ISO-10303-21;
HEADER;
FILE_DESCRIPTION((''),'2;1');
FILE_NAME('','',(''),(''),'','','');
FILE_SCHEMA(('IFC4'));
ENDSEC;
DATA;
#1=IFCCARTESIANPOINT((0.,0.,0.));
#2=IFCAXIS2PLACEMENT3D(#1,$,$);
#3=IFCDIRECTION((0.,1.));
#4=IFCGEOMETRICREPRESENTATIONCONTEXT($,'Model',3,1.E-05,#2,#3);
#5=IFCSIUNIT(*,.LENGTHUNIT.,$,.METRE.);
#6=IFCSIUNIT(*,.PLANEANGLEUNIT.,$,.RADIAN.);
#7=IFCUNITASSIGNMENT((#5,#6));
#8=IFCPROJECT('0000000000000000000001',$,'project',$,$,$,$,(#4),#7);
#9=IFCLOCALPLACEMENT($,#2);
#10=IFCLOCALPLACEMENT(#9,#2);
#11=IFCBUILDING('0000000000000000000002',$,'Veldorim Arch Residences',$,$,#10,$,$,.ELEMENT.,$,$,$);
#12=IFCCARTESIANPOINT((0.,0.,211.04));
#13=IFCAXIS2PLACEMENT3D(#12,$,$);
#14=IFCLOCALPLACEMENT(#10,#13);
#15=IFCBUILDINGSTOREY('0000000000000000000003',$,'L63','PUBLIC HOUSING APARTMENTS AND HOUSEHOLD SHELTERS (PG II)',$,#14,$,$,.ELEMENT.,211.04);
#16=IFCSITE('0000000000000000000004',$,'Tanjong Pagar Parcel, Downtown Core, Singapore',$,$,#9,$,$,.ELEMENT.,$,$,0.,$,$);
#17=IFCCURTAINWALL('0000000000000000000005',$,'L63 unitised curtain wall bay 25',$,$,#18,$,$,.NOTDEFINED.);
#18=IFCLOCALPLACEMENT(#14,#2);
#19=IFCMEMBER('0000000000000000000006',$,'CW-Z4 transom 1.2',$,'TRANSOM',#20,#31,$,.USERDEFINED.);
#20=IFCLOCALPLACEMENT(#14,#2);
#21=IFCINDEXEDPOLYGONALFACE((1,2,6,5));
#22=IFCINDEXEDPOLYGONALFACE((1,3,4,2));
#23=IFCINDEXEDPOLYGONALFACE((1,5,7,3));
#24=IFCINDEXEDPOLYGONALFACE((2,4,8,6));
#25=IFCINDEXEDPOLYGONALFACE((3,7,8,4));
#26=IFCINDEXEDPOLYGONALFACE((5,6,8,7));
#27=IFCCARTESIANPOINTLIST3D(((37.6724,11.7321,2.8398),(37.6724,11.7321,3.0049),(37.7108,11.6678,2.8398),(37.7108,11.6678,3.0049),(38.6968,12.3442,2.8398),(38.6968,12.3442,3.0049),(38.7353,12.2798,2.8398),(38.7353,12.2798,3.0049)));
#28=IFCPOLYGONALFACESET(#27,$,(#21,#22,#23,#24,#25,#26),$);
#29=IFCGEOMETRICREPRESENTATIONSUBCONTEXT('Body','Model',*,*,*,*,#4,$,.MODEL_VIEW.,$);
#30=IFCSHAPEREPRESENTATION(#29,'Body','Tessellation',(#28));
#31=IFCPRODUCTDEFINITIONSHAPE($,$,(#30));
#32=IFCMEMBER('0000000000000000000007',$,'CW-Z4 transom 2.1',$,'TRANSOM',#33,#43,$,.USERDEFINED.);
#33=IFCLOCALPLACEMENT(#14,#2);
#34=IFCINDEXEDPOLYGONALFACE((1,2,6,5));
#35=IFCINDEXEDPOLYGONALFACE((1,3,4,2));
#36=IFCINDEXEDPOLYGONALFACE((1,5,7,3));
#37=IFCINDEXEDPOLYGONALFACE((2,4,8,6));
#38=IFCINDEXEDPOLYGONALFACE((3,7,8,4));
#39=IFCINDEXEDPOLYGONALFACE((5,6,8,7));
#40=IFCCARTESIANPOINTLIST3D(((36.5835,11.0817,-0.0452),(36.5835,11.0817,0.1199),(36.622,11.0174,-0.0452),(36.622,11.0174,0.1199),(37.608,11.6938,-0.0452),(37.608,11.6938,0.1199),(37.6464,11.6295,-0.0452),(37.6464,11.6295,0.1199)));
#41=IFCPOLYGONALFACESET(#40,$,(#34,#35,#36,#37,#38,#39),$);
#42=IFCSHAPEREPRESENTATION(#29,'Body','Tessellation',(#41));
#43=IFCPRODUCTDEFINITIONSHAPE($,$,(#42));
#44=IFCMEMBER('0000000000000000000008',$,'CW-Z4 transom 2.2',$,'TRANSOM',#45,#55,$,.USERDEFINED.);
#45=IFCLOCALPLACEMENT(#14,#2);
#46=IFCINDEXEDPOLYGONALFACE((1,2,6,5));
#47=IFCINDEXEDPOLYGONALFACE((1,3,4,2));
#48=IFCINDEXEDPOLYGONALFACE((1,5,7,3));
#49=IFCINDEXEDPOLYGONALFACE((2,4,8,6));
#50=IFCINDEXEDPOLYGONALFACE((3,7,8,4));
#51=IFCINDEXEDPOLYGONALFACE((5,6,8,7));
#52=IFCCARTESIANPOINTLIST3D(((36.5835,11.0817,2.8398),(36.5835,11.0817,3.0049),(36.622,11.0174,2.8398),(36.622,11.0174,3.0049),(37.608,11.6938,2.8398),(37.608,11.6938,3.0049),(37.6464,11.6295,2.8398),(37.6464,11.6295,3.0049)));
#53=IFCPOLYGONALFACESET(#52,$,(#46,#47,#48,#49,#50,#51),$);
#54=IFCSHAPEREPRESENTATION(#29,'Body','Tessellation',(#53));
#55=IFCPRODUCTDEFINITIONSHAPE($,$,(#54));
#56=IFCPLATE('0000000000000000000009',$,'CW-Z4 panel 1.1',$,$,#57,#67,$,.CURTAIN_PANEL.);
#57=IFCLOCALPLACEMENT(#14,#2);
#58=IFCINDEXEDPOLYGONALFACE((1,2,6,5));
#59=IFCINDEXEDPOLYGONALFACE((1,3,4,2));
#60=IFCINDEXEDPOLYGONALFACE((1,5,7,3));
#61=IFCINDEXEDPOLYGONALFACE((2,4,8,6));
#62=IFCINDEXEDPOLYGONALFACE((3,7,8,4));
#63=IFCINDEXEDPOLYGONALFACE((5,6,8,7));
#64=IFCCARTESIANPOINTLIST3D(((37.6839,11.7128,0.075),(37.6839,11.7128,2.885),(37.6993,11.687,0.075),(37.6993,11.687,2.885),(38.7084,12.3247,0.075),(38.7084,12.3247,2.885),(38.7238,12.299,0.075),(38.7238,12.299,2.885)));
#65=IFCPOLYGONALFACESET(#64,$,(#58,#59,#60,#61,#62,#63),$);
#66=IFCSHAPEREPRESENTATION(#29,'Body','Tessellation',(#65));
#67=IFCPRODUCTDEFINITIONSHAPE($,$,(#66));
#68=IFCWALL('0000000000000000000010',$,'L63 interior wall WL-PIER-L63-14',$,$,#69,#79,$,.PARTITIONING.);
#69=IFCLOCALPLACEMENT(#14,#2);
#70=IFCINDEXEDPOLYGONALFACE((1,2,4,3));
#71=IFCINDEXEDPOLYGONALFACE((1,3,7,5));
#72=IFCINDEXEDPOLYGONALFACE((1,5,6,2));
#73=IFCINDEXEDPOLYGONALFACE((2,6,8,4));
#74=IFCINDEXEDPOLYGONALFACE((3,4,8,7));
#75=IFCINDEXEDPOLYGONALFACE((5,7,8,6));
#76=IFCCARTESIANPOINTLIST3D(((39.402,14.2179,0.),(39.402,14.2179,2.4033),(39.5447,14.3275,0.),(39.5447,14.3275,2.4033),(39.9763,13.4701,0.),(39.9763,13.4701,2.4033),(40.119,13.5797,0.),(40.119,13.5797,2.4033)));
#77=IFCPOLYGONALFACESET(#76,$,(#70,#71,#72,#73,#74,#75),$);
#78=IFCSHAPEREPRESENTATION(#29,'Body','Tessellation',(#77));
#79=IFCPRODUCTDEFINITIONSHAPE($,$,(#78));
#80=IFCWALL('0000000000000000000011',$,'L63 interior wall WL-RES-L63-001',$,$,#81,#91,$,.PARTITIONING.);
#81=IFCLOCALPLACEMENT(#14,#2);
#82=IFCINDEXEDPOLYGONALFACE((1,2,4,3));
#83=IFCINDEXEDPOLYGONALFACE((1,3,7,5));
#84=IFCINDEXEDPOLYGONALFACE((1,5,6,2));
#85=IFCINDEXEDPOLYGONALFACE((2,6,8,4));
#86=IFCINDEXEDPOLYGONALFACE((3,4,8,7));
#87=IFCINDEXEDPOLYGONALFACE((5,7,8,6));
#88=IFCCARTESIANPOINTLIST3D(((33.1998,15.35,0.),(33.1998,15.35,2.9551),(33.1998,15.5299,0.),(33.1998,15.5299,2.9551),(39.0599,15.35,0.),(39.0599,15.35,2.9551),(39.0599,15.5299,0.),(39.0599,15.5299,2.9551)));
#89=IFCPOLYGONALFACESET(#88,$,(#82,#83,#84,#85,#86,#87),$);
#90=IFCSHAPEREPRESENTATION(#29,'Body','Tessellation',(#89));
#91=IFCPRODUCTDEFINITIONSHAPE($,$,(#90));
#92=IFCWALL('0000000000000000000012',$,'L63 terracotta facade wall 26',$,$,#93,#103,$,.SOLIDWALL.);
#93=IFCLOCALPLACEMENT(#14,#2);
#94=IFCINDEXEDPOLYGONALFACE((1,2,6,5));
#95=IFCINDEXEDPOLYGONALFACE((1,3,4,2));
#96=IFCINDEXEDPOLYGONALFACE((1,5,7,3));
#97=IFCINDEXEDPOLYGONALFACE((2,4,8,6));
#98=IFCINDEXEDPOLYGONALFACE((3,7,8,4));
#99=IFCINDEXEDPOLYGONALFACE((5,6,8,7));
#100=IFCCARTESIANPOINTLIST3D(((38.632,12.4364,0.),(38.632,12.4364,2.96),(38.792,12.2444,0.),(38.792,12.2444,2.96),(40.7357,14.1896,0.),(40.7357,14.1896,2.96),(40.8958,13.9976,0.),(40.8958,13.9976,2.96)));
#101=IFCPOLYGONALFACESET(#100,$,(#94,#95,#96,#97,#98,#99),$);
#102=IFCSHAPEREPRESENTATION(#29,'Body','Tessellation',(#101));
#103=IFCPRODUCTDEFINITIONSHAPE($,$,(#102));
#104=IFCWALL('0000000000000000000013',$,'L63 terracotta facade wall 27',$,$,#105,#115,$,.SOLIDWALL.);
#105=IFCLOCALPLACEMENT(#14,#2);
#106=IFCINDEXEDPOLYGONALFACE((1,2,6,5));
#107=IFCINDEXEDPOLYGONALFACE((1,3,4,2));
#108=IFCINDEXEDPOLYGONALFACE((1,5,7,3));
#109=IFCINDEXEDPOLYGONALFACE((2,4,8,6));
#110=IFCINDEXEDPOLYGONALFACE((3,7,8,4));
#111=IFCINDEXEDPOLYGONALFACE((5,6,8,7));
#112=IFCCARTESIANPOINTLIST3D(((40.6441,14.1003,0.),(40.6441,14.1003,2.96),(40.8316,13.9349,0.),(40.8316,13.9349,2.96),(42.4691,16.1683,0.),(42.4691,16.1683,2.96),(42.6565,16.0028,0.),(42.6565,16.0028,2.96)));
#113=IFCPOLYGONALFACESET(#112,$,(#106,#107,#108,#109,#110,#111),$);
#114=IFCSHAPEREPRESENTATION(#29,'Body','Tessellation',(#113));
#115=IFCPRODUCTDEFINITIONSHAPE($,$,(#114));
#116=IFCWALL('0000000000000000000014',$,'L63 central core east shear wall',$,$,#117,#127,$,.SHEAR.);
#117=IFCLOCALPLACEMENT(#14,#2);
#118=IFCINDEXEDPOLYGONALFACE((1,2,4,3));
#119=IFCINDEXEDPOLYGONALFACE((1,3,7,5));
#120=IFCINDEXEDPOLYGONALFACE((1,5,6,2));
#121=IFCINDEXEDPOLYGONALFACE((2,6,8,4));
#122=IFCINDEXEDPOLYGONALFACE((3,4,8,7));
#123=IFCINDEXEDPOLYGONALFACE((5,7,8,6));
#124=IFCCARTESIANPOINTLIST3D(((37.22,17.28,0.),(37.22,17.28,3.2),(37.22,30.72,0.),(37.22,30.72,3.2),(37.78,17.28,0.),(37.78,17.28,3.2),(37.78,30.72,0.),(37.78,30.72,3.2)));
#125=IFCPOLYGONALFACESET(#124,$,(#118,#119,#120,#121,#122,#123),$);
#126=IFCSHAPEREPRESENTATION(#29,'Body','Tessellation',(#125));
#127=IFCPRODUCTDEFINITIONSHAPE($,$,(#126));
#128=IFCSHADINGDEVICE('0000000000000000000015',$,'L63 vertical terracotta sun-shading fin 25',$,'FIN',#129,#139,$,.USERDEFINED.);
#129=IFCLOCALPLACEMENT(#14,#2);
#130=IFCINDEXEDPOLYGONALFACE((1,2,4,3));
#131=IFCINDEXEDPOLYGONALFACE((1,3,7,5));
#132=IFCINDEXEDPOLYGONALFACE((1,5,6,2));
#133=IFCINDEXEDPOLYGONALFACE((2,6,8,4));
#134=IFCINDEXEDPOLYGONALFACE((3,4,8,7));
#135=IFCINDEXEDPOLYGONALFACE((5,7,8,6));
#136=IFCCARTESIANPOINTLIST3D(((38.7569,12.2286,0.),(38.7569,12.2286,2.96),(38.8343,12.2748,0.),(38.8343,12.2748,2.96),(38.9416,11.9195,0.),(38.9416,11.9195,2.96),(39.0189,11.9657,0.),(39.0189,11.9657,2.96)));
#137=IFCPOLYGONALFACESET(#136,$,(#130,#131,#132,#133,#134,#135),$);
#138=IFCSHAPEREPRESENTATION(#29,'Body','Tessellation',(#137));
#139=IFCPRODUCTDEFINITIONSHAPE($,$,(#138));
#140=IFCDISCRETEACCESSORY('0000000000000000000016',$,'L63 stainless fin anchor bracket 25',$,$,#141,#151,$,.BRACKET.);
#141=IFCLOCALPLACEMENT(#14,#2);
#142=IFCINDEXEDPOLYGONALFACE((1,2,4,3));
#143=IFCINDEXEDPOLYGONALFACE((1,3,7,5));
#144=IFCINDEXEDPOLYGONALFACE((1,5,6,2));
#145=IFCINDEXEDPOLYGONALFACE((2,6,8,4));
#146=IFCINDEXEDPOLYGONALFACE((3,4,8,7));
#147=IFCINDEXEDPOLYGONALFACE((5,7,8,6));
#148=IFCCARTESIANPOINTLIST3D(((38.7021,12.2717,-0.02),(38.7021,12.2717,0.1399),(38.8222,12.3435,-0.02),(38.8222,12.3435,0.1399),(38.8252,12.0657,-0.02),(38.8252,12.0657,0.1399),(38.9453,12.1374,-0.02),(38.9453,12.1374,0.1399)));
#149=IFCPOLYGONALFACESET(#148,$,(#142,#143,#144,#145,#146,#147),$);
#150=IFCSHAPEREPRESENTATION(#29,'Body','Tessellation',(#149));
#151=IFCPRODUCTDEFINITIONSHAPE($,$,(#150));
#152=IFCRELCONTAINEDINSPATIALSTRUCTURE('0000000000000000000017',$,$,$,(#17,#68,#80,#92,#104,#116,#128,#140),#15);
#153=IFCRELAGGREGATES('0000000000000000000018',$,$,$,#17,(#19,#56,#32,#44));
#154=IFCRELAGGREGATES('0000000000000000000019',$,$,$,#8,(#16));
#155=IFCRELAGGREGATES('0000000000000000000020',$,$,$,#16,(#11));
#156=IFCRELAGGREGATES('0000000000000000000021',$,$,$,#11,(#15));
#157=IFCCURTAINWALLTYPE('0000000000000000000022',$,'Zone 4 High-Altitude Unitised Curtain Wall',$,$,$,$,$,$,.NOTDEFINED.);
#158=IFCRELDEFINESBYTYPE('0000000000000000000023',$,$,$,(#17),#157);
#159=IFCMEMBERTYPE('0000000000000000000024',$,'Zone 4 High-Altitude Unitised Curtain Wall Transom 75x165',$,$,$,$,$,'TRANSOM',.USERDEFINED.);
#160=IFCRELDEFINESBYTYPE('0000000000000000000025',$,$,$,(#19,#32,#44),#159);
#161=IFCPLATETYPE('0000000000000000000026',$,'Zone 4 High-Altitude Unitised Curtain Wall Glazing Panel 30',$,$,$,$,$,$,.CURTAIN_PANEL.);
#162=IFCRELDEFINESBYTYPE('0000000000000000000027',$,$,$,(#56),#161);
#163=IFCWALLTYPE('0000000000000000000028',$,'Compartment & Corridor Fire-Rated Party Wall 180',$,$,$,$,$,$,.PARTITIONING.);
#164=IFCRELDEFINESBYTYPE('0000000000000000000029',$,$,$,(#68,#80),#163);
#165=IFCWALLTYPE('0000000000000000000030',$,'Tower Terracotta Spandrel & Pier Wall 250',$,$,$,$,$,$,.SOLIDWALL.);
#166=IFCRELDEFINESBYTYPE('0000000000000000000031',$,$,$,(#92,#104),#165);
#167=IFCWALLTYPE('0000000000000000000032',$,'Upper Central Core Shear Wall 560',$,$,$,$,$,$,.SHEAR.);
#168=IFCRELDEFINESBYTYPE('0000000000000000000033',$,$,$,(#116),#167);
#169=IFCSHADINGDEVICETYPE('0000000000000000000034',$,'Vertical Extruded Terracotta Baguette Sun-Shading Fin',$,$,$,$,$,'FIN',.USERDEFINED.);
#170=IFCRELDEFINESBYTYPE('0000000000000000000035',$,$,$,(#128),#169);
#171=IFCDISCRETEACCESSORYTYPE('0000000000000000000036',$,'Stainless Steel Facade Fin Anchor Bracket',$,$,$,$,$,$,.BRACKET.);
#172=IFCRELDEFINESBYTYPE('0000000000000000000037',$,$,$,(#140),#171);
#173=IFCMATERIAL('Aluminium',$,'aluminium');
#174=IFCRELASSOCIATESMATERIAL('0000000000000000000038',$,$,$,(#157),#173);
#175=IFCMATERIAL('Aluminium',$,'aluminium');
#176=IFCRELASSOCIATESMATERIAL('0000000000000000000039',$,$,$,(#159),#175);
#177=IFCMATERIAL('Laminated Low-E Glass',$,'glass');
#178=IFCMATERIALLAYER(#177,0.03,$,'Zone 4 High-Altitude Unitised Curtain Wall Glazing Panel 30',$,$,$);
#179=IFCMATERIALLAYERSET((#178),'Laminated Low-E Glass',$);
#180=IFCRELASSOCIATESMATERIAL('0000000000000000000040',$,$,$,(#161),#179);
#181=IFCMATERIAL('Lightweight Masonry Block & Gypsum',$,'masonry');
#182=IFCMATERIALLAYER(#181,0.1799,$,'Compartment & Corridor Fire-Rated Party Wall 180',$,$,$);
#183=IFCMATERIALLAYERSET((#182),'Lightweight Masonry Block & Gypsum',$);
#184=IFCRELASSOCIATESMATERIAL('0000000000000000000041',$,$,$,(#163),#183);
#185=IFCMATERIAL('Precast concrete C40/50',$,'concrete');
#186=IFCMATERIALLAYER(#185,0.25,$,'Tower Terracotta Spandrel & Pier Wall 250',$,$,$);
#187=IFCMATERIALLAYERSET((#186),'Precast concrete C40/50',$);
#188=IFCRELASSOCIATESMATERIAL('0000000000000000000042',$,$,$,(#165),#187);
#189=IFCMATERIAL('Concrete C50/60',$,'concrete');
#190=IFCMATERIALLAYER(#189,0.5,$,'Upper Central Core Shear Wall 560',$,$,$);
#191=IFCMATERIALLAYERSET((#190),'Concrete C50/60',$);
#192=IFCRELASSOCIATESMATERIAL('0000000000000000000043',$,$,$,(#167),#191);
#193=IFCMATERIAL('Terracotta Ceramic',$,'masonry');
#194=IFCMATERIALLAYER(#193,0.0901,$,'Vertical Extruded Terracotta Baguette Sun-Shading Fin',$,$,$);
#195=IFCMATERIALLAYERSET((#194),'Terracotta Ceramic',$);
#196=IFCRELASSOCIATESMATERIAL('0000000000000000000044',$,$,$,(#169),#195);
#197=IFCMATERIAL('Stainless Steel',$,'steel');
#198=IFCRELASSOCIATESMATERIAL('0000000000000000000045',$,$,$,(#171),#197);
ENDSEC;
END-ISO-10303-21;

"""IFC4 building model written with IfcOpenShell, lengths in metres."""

from ifc_helpers import new_model, si_unit, direction, frame, frame_2d, origin, origin_2d, place, context, subcontext, project, spatial, rectangle, extrude, material, layer, layer_set, material_profile, profile_set, type_object, element, aggregate, save


model = new_model("IFC4")

# Units and contexts
model_context = context("Model", 3, precision=1e-05, world=origin(), true_north=direction((0.0, 1.0)))
body_context = subcontext(model_context, "Body", "Model", "MODEL_VIEW")
ifc_project = project(units=[si_unit("LENGTHUNIT", "METRE"), si_unit("PLANEANGLEUNIT", "RADIAN")], contexts=[model_context])

# Site, building, storey
site_placement = place(None, origin())
site = spatial("IfcSite", under=ifc_project, at=site_placement, Name="Tanjong Pagar Parcel, Downtown Core, Singapore", CompositionType="ELEMENT", RefElevation=0.0)
building_placement = place(site_placement, origin())
building = spatial("IfcBuilding", under=site, at=building_placement, Name="Veldorim Arch Residences", CompositionType="ELEMENT")
storey_placement = place(building_placement, frame((0.0, 0.0, 211.04)))
storey = spatial("IfcBuildingStorey", under=building, at=storey_placement, Name="L63", Description="PUBLIC HOUSING APARTMENTS AND HOUSEHOLD SHELTERS (PG II)", CompositionType="ELEMENT", Elevation=211.04)

# Curtain wall, members, plate
ifc_material_1 = material(Name="Aluminium", Category="aluminium")
curtain_wall_type = type_object("IfcCurtainWallType", Name="Zone 4 High-Altitude Unitised Curtain Wall", PredefinedType="NOTDEFINED", material=ifc_material_1)
curtain_wall_placement = place(storey_placement, origin())
curtain_wall = element("IfcCurtainWall", 1, at=curtain_wall_placement, inside=storey, type_object=curtain_wall_type, Name="L63 unitised curtain wall bay 25", PredefinedType="NOTDEFINED")
ifc_material_2 = material(Name="Aluminium", Category="aluminium")
ifc_material_profile_1 = material_profile(ifc_material_2, rectangle(XDim=0.075, YDim=0.165, at=origin_2d()), Name="ALU_TRN_75x165")
ifc_profile_set_1 = profile_set([ifc_material_profile_1], Name="Aluminium")
member_type_1 = type_object("IfcMemberType", Name="Zone 4 High-Altitude Unitised Curtain Wall Transom 75x165", ElementType="TRANSOM", PredefinedType="USERDEFINED", material=ifc_profile_set_1)
member_1_placement = place(storey_placement, frame((38.7161, 12.312, 2.9224), z_axis=(-0.858448, -0.5129, 0.0), x_axis=(0.5129, -0.858448, 0.0)))
member_1 = element("IfcMember", 2, at=member_1_placement, type_object=member_type_1, Name="CW-Z4 transom 1.2", ObjectType="TRANSOM", PredefinedType="USERDEFINED", context=body_context, shape_type="SweptSolid", body=[
    extrude(rectangle(XDim=0.075, YDim=0.165, at=origin_2d()), origin(), (0.0, 0.0, 1.0), 1.1934),
])
member_2_placement = place(storey_placement, frame((37.6272, 11.6616, 0.0374), z_axis=(-0.858448, -0.5129, 0.0), x_axis=(0.5129, -0.858448, 0.0)))
member_2 = element("IfcMember", 3, at=member_2_placement, type_object=member_type_1, Name="CW-Z4 transom 2.1", ObjectType="TRANSOM", PredefinedType="USERDEFINED", context=body_context, shape_type="SweptSolid", body=[
    extrude(rectangle(XDim=0.075, YDim=0.165, at=origin_2d()), origin(), (0.0, 0.0, 1.0), 1.1934),
])
member_3_placement = place(storey_placement, frame((37.6272, 11.6616, 2.9224), z_axis=(-0.858448, -0.5129, 0.0), x_axis=(0.5129, -0.858448, 0.0)))
member_3 = element("IfcMember", 4, at=member_3_placement, type_object=member_type_1, Name="CW-Z4 transom 2.2", ObjectType="TRANSOM", PredefinedType="USERDEFINED", context=body_context, shape_type="SweptSolid", body=[
    extrude(rectangle(XDim=0.075, YDim=0.165, at=origin_2d()), origin(), (0.0, 0.0, 1.0), 1.1934),
])
ifc_material_3 = material(Name="Laminated Low-E Glass", Category="glass")
ifc_layer_1 = layer(ifc_material_3, 0.03, Name="Zone 4 High-Altitude Unitised Curtain Wall Glazing Panel 30")
ifc_layer_set_1 = layer_set([ifc_layer_1], Name="Laminated Low-E Glass")
plate_type = type_object("IfcPlateType", Name="Zone 4 High-Altitude Unitised Curtain Wall Glazing Panel 30", PredefinedType="CURTAIN_PANEL", material=ifc_layer_set_1)
plate_placement = place(storey_placement, frame((38.2039, 12.0059, 0.075), z_axis=(0.0, 0.0, 1.0), x_axis=(-0.858498, -0.512817, 0.0)))
plate = element("IfcPlate", 5, at=plate_placement, type_object=plate_type, Name="CW-Z4 panel 1.1", PredefinedType="CURTAIN_PANEL", context=body_context, shape_type="SweptSolid", body=[
    extrude(rectangle(XDim=1.1934, YDim=0.03, at=origin_2d()), origin(), (0.0, 0.0, 1.0), 2.8101),
])
aggregate(curtain_wall, [member_1, plate, member_2, member_3])

# Walls
ifc_material_4 = material(Name="Lightweight Masonry Block & Gypsum", Category="masonry")
ifc_layer_2 = layer(ifc_material_4, 0.1799, Name="Compartment & Corridor Fire-Rated Party Wall 180")
ifc_layer_set_2 = layer_set([ifc_layer_2], Name="Lightweight Masonry Block & Gypsum")
wall_type_1 = type_object("IfcWallType", Name="Compartment & Corridor Fire-Rated Party Wall 180", PredefinedType="PARTITIONING", material=ifc_layer_set_2)
wall_1_placement = place(storey_placement, frame((39.4734, 14.2727, 0.0), z_axis=(0.0, 0.0, 1.0), x_axis=(0.609035, -0.793144, 0.0)))
element("IfcWall", 6, at=wall_1_placement, inside=storey, type_object=wall_type_1, Name="L63 interior wall WL-PIER-L63-14", PredefinedType="PARTITIONING", context=body_context, shape_type="SweptSolid", body=[
    extrude(rectangle(XDim=0.9429, YDim=0.1799, at=frame_2d((0.4714, 0.0))), origin(), (0.0, 0.0, 1.0), 2.4033),
])
wall_2_placement = place(storey_placement, frame((39.0601, 15.4399, 0.0), z_axis=(0.0, 0.0, 1.0), x_axis=(-1.0, 0.0, 0.0)))
element("IfcWall", 7, at=wall_2_placement, inside=storey, type_object=wall_type_1, Name="L63 interior wall WL-RES-L63-001", PredefinedType="PARTITIONING", context=body_context, shape_type="SweptSolid", body=[
    extrude(rectangle(XDim=5.8601, YDim=0.1799, at=frame_2d((2.9302, 0.0))), origin(), (0.0, 0.0, 1.0), 2.9551),
])
ifc_material_5 = material(Name="Precast concrete C40/50", Category="concrete")
ifc_layer_3 = layer(ifc_material_5, 0.25, Name="Tower Terracotta Spandrel & Pier Wall 250")
ifc_layer_set_3 = layer_set([ifc_layer_3], Name="Precast concrete C40/50")
wall_type_2 = type_object("IfcWallType", Name="Tower Terracotta Spandrel & Pier Wall 250", PredefinedType="SOLIDWALL", material=ifc_layer_set_3)
wall_3_placement = place(storey_placement, frame((40.8157, 14.0935, 0.0), z_axis=(0.0, 0.0, 1.0), x_axis=(-0.768214, -0.640193, 0.0)))
element("IfcWall", 8, at=wall_3_placement, inside=storey, type_object=wall_type_2, Name="L63 terracotta facade wall 26", PredefinedType="SOLIDWALL", context=body_context, shape_type="SweptSolid", body=[
    extrude(rectangle(XDim=2.7385, YDim=0.25, at=frame_2d((1.3691, 0.0))), origin(), (0.0, 0.0, 1.0), 2.96),
])
wall_4_placement = place(storey_placement, frame((42.5627, 16.0854, 0.0), z_axis=(0.0, 0.0, 1.0), x_axis=(-0.661695, -0.749773, 0.0)))
element("IfcWall", 9, at=wall_4_placement, inside=storey, type_object=wall_type_2, Name="L63 terracotta facade wall 27", PredefinedType="SOLIDWALL", context=body_context, shape_type="SweptSolid", body=[
    extrude(rectangle(XDim=2.7581, YDim=0.25, at=frame_2d((1.3789, 0.0))), origin(), (0.0, 0.0, 1.0), 2.96),
])
ifc_material_6 = material(Name="Concrete C50/60", Category="concrete")
ifc_layer_4 = layer(ifc_material_6, 0.5, Name="Upper Central Core Shear Wall 560")
ifc_layer_set_4 = layer_set([ifc_layer_4], Name="Concrete C50/60")
wall_type_3 = type_object("IfcWallType", Name="Upper Central Core Shear Wall 560", PredefinedType="SHEAR", material=ifc_layer_set_4)
wall_5_placement = place(storey_placement, frame((37.5, 17.28, 0.0), z_axis=(0.0, 0.0, 1.0), x_axis=(0.0, 1.0, 0.0)))
element("IfcWall", 10, at=wall_5_placement, inside=storey, type_object=wall_type_3, Name="L63 central core east shear wall", PredefinedType="SHEAR", context=body_context, shape_type="SweptSolid", body=[
    extrude(rectangle(XDim=13.4399, YDim=0.5601, at=frame_2d((6.72, 0.0))), origin(), (0.0, 0.0, 1.0), 3.2),
])

# Shading device
ifc_material_7 = material(Name="Terracotta Ceramic", Category="masonry")
ifc_layer_5 = layer(ifc_material_7, 0.0901, Name="Vertical Extruded Terracotta Baguette Sun-Shading Fin")
ifc_layer_set_5 = layer_set([ifc_layer_5], Name="Terracotta Ceramic")
shading_device_type = type_object("IfcShadingDeviceType", Name="Vertical Extruded Terracotta Baguette Sun-Shading Fin", ElementType="FIN", PredefinedType="USERDEFINED", material=ifc_layer_set_5)
shading_device_placement = place(storey_placement, frame((38.8879, 12.0972, 0.0), z_axis=(0.0, 0.0, 1.0), x_axis=(-0.858513, -0.512792, 0.0)))
element("IfcShadingDevice", 11, at=shading_device_placement, inside=storey, type_object=shading_device_type, Name="L63 vertical terracotta sun-shading fin 25", ObjectType="FIN", PredefinedType="USERDEFINED", context=body_context, shape_type="SweptSolid", body=[
    extrude(rectangle(XDim=0.0901, YDim=0.3601, at=origin_2d()), origin(), (0.0, 0.0, 1.0), 2.96),
])

# Discrete accessory
ifc_material_8 = material(Name="Stainless Steel", Category="steel")
discrete_accessory_type = type_object("IfcDiscreteAccessoryType", Name="Stainless Steel Facade Fin Anchor Bracket", PredefinedType="BRACKET", material=ifc_material_8)
discrete_accessory_placement = place(storey_placement, frame((38.8237, 12.2046, -0.02), z_axis=(0.0, 0.0, 1.0), x_axis=(-0.858513, -0.512792, 0.0)))
element("IfcDiscreteAccessory", 12, at=discrete_accessory_placement, inside=storey, type_object=discrete_accessory_type, Name="L63 stainless fin anchor bracket 25", PredefinedType="BRACKET", context=body_context, shape_type="SweptSolid", body=[
    extrude(rectangle(XDim=0.1399, YDim=0.24, at=origin_2d()), origin(), (0.0, 0.0, 1.0), 0.1599),
])

save(model, "model.ifc")
